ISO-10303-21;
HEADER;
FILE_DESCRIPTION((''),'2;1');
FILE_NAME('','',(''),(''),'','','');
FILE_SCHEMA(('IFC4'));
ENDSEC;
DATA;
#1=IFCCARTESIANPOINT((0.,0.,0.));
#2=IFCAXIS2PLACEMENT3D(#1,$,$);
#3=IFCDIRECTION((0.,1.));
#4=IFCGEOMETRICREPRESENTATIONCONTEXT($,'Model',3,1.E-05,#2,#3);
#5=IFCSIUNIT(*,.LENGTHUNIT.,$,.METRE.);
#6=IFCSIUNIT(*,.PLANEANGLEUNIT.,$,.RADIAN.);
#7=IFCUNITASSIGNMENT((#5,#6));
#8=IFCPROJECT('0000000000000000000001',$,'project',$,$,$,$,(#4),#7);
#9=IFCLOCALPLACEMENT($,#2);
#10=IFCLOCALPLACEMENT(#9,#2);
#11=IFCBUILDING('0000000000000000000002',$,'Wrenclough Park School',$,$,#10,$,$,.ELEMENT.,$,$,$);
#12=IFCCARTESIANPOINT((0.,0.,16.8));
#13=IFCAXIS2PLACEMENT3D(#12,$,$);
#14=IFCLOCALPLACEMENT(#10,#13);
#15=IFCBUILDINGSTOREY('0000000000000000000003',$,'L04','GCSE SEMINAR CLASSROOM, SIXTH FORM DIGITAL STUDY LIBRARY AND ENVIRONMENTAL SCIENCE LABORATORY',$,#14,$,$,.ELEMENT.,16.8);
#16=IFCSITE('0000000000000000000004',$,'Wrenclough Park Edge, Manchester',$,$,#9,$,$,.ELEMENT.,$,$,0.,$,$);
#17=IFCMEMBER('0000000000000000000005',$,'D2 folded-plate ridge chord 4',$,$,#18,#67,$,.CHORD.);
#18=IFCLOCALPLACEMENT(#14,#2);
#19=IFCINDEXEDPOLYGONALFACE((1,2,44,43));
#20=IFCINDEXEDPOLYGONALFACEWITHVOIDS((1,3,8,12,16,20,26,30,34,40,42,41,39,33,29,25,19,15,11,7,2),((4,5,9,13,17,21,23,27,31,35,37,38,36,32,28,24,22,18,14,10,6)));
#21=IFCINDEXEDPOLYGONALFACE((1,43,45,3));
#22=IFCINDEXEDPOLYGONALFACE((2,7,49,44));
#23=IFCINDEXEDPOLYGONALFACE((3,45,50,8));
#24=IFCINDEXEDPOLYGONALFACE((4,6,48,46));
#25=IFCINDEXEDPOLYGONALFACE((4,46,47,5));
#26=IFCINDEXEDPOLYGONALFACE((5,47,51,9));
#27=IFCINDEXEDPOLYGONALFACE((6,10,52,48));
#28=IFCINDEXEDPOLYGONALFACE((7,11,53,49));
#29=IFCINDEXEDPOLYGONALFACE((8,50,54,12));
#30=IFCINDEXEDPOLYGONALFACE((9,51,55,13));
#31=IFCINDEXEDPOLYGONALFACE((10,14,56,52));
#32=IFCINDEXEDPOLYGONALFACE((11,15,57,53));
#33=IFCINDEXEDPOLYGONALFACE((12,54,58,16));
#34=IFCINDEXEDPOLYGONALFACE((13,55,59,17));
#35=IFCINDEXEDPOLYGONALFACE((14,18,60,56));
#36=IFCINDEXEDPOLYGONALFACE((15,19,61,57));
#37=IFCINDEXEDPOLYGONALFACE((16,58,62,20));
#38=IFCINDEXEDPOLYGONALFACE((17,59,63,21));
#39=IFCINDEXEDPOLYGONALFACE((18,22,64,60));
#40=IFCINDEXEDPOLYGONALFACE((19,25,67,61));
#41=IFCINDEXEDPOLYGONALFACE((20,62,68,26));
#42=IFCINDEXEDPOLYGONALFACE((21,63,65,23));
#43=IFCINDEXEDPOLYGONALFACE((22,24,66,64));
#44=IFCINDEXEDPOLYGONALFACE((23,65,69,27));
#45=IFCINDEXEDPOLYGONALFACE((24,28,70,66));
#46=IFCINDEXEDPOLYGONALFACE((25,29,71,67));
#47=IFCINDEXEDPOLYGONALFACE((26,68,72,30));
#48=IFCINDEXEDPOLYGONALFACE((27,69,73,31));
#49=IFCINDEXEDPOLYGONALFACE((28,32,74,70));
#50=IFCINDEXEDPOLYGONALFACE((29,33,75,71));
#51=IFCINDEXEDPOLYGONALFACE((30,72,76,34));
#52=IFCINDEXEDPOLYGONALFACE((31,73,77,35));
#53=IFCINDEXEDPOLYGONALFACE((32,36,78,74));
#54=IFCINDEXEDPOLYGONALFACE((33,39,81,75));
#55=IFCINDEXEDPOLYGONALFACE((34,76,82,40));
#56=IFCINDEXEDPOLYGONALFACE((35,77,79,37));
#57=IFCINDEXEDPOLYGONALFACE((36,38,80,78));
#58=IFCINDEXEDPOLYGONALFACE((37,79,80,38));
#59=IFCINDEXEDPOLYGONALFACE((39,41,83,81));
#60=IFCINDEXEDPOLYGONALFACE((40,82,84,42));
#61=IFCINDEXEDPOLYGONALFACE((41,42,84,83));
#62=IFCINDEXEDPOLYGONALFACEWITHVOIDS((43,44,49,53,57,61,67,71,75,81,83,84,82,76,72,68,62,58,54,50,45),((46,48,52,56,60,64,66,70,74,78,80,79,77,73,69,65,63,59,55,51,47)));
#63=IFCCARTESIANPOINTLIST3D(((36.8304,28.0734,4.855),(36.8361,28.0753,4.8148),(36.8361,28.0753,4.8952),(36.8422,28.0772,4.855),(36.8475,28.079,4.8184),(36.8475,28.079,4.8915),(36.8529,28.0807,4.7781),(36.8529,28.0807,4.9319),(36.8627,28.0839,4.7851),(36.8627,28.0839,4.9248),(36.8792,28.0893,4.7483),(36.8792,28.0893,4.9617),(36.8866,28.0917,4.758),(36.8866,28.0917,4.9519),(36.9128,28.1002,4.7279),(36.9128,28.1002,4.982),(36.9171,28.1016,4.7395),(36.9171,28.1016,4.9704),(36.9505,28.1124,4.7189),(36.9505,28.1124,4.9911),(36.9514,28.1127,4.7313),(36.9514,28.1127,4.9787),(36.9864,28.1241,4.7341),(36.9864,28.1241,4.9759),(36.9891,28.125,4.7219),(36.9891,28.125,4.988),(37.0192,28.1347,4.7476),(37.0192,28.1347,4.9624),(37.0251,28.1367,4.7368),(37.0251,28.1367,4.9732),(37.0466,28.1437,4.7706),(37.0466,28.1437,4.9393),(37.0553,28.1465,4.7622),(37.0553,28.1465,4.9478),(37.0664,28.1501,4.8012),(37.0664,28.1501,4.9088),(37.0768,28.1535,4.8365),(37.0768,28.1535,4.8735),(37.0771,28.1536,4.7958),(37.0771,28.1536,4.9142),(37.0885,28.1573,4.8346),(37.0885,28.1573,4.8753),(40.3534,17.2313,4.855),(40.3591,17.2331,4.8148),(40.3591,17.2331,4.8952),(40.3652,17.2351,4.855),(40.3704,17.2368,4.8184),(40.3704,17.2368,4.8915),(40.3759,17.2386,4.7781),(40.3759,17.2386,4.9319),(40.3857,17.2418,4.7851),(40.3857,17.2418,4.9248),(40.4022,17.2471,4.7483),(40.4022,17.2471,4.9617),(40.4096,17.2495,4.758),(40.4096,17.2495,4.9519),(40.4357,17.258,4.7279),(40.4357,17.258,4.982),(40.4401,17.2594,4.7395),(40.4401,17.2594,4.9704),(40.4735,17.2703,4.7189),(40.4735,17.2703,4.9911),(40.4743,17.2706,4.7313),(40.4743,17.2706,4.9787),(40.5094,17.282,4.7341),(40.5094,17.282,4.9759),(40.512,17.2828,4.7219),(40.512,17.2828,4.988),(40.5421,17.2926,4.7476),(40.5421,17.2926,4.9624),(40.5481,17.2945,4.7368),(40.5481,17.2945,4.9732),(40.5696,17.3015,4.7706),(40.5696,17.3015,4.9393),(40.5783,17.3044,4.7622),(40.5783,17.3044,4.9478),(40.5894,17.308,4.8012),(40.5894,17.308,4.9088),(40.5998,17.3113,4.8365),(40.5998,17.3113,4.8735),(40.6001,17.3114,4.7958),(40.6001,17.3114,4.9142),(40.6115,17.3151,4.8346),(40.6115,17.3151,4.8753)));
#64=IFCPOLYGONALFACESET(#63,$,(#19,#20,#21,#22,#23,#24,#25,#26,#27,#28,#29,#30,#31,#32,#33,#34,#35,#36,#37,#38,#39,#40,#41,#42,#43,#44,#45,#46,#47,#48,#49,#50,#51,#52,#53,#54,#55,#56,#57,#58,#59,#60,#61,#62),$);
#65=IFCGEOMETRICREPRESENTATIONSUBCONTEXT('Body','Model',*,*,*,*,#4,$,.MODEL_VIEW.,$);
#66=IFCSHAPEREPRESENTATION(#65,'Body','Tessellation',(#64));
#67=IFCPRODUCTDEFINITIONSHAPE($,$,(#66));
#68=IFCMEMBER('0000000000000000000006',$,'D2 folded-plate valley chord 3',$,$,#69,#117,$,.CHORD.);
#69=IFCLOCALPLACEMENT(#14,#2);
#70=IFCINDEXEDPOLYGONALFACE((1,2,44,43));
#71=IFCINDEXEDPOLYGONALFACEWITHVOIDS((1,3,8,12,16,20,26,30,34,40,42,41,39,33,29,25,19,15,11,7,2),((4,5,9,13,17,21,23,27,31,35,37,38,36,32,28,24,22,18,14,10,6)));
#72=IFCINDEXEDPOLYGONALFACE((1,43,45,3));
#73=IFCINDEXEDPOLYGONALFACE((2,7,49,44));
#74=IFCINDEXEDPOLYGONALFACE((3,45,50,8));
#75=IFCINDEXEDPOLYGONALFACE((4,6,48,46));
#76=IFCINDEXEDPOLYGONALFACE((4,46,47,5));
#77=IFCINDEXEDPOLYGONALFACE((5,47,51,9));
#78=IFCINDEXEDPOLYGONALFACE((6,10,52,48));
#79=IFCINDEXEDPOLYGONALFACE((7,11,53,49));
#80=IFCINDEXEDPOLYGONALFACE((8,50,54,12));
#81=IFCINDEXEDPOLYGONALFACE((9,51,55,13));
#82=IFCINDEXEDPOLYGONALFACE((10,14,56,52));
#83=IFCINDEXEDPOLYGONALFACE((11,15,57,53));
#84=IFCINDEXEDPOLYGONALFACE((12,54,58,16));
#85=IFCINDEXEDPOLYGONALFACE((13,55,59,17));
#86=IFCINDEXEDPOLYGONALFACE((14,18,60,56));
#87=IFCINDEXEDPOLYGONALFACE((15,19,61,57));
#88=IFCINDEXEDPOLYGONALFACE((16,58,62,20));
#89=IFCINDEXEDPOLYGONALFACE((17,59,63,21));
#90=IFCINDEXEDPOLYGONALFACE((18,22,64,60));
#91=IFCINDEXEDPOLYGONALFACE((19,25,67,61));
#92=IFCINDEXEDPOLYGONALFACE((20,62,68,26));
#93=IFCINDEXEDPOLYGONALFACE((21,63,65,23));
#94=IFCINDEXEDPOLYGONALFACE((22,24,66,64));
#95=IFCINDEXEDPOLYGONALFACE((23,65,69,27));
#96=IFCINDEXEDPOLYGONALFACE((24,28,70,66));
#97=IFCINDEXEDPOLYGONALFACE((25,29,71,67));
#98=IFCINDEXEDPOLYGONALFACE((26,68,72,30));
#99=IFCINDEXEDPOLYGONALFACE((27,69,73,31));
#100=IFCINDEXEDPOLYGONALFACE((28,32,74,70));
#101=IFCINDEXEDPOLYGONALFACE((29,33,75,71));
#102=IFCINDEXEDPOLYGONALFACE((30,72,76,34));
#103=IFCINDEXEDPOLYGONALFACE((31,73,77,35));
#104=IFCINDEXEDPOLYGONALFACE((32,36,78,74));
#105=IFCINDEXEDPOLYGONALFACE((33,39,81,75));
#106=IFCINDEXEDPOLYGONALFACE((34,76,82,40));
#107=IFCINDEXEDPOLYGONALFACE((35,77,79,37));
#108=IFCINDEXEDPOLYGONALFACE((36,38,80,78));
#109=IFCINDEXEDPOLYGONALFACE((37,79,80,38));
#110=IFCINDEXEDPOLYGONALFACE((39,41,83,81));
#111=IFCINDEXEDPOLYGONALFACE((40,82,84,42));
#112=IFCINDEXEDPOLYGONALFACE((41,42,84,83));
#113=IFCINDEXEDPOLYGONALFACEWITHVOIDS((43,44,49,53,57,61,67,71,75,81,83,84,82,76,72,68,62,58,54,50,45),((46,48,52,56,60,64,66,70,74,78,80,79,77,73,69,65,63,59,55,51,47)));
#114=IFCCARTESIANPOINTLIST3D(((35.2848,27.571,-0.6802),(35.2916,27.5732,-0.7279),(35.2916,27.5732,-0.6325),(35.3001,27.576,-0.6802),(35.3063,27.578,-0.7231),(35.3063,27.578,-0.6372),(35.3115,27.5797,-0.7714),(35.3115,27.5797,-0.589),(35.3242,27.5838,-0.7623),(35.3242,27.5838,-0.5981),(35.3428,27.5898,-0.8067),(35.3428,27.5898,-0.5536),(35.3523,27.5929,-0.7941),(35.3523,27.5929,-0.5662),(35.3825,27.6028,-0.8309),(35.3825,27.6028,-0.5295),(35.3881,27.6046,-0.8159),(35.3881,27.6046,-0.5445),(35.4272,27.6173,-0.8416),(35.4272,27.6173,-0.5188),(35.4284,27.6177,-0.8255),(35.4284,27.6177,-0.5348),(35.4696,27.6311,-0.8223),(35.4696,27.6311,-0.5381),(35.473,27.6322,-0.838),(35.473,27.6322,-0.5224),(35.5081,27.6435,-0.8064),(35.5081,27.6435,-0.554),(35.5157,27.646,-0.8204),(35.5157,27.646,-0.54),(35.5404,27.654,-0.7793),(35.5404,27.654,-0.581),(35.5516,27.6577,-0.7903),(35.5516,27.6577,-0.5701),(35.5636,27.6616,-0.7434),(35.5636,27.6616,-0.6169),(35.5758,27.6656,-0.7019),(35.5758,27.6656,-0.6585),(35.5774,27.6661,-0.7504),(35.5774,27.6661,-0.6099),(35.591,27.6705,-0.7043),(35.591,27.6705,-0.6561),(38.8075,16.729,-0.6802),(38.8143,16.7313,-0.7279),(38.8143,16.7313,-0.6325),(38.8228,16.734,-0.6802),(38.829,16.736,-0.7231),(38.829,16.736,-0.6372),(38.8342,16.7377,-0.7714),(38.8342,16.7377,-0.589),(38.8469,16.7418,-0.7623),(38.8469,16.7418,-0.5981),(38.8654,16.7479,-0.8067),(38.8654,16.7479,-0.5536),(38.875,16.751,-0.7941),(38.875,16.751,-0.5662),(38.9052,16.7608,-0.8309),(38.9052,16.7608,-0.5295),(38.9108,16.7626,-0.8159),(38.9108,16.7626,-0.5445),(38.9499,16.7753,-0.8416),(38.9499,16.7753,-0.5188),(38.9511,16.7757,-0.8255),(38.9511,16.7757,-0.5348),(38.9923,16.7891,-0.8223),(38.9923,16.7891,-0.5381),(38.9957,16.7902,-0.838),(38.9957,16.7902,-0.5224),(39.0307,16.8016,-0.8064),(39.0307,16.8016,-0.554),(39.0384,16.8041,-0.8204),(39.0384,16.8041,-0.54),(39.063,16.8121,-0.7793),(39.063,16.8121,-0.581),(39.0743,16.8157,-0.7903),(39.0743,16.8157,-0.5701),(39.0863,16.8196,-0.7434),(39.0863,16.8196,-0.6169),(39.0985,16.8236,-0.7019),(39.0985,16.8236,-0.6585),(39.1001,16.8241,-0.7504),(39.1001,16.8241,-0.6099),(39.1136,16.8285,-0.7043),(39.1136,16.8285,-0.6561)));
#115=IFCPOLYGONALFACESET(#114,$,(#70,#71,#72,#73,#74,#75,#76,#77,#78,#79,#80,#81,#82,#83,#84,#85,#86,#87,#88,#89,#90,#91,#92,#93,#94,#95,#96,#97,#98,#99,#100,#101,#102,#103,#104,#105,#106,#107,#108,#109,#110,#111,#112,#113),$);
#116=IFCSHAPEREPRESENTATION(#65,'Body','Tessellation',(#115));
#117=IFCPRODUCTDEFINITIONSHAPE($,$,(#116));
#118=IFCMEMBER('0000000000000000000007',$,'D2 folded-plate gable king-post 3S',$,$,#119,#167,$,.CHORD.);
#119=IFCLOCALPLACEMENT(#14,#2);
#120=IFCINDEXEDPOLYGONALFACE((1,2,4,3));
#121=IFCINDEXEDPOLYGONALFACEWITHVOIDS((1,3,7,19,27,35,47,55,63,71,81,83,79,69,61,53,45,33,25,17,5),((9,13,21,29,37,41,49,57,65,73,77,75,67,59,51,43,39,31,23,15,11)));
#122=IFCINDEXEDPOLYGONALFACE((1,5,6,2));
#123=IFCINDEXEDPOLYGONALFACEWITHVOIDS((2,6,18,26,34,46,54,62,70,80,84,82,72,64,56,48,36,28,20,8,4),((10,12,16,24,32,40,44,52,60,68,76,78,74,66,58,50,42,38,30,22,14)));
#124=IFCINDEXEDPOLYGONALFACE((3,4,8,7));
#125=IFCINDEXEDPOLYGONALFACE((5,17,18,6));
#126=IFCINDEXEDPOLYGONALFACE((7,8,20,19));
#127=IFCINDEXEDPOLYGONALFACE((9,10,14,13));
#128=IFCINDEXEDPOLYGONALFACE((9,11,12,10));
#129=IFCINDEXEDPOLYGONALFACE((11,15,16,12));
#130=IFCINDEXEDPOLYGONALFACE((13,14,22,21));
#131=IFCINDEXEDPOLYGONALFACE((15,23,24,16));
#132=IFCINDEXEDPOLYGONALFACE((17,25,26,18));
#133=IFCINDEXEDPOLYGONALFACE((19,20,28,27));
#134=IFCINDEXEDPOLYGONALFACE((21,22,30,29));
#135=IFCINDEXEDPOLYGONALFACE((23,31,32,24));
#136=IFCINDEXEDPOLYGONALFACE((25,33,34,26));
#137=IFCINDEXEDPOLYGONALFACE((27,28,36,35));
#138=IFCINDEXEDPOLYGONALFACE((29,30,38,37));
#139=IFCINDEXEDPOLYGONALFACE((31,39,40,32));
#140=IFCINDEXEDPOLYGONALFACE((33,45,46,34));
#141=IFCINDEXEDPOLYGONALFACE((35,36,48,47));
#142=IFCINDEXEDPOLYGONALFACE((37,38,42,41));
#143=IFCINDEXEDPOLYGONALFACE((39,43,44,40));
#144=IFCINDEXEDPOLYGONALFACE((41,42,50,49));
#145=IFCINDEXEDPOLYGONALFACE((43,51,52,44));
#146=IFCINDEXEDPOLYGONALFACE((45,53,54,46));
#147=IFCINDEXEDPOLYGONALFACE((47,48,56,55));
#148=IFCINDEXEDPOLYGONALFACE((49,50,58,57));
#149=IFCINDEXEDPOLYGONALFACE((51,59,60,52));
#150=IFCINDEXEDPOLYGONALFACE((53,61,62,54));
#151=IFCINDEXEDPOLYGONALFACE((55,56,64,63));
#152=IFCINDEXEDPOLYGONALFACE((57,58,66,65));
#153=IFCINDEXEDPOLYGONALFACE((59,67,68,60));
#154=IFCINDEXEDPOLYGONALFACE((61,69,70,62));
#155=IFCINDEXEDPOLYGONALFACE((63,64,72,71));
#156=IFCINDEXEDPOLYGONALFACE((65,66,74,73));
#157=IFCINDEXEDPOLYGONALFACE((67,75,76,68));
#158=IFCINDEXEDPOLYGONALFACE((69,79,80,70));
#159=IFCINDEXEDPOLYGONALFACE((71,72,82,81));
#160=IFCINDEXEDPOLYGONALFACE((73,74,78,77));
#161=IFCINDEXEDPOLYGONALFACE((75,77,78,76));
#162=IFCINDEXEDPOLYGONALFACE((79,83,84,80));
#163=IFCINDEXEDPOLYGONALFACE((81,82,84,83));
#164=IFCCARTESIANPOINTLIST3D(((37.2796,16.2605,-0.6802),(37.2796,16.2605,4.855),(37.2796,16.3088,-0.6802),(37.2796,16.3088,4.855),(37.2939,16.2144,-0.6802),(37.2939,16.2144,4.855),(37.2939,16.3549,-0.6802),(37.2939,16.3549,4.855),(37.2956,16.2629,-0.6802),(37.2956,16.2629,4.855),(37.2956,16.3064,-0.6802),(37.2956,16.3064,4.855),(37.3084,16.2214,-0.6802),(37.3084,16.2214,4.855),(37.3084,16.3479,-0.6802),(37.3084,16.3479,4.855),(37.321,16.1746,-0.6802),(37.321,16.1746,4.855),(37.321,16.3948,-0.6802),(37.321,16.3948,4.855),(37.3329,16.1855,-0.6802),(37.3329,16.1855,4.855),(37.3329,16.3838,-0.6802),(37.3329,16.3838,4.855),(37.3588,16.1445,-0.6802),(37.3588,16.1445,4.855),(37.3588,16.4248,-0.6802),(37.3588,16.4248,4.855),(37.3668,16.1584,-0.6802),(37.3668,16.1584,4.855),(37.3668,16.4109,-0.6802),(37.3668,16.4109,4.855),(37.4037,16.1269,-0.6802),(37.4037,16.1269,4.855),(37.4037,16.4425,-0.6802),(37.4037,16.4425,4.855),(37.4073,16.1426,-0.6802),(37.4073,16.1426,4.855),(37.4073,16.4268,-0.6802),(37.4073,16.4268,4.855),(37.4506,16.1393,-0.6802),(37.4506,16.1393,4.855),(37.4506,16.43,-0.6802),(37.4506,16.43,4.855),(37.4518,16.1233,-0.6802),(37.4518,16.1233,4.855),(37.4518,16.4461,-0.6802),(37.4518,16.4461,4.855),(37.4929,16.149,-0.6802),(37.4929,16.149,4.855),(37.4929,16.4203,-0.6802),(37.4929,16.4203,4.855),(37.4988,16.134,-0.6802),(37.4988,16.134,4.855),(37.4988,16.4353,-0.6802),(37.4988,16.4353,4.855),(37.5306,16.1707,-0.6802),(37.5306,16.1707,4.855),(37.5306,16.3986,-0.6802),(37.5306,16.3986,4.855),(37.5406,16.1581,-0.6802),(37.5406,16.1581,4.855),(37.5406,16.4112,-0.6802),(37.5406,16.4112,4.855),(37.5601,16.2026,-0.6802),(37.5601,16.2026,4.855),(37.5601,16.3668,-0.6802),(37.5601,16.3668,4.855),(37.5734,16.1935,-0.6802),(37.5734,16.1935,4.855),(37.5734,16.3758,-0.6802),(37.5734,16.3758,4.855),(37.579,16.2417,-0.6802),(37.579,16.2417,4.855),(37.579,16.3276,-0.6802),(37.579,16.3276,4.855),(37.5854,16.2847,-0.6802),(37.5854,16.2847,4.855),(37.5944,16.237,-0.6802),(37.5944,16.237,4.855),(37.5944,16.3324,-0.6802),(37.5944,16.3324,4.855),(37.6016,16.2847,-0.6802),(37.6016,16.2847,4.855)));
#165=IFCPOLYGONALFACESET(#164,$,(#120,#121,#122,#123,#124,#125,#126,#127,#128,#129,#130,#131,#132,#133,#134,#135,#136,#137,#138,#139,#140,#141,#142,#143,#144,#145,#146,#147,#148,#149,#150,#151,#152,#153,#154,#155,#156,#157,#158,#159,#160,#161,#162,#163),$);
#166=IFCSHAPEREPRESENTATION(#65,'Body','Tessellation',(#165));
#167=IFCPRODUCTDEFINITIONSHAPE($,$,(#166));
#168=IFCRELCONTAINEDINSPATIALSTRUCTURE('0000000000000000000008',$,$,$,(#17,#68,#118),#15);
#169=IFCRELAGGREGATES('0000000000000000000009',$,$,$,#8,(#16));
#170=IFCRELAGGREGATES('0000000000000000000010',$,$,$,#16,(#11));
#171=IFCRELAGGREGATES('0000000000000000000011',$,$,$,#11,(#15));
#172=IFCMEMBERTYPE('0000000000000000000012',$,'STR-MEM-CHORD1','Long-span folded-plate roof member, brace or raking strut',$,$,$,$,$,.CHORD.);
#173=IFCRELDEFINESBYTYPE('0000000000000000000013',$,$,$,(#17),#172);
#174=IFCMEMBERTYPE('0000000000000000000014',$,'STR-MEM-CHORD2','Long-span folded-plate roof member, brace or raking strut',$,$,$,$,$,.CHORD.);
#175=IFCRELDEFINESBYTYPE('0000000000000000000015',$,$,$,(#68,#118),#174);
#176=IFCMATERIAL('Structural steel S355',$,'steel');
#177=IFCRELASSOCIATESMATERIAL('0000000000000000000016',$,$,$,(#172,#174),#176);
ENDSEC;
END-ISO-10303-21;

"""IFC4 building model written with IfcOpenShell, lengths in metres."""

from ifc_helpers import new_model, si_unit, direction, frame, origin, origin_2d, place, context, subcontext, project, spatial, hollow_circle, extrude, material, material_profile, profile_set, type_object, element, save


model = new_model("IFC4")

# Units and contexts
model_context = context("Model", 3, precision=1e-05, world=origin(), true_north=direction((0.0, 1.0)))
body_context = subcontext(model_context, "Body", "Model", "MODEL_VIEW")
ifc_project = project(units=[si_unit("LENGTHUNIT", "METRE"), si_unit("PLANEANGLEUNIT", "RADIAN")], contexts=[model_context])

# Site, building, storey
site_placement = place(None, origin())
site = spatial("IfcSite", under=ifc_project, at=site_placement, Name="Wrenclough Park Edge, Manchester", CompositionType="ELEMENT", RefElevation=0.0)
building_placement = place(site_placement, origin())
building = spatial("IfcBuilding", under=site, at=building_placement, Name="Wrenclough Park School", CompositionType="ELEMENT")
storey_placement = place(building_placement, frame((0.0, 0.0, 16.8)))
storey = spatial("IfcBuildingStorey", under=building, at=storey_placement, Name="L04", Description="GCSE SEMINAR CLASSROOM, SIXTH FORM DIGITAL STUDY LIBRARY AND ENVIRONMENTAL SCIENCE LABORATORY", CompositionType="ELEMENT", Elevation=16.8)

# Members
ifc_material_1 = material(Name="Structural steel S355", Category="steel")
ifc_material_profile_1 = material_profile(ifc_material_1, hollow_circle(Radius=0.1365, WallThickness=0.0125, at=origin_2d()), Name="CHS 273.0x12.5")
ifc_profile_set_1 = profile_set([ifc_material_profile_1], Name="Structural steel S355")
member_type_1 = type_object("IfcMemberType", Name="STR-MEM-CHORD1", Description="Long-span folded-plate roof member, brace or raking strut", PredefinedType="CHORD", material=ifc_profile_set_1)
member_1_placement = place(storey_placement, frame((40.4832, 17.2734, 4.855), z_axis=(-0.309029, 0.951052, 0.0), x_axis=(-0.951052, -0.309029, 0.0)))
element("IfcMember", 1, at=member_1_placement, inside=storey, type_object=member_type_1, Name="D2 folded-plate ridge chord 4", PredefinedType="CHORD", context=body_context, shape_type="SweptSolid", body=[
    extrude(hollow_circle(Radius=0.1365, WallThickness=0.0125, at=origin_2d()), origin(), (0.0, 0.0, 1.0), 11.4001),
])
ifc_material_profile_2 = material_profile(ifc_material_1, hollow_circle(Radius=0.1619, WallThickness=0.0161, at=origin_2d()), Name="CHS 323.9x16.0")
ifc_profile_set_2 = profile_set([ifc_material_profile_2], Name="Structural steel S355")
member_type_2 = type_object("IfcMemberType", Name="STR-MEM-CHORD2", Description="Long-span folded-plate roof member, brace or raking strut", PredefinedType="CHORD", material=ifc_profile_set_2)
member_2_placement = place(storey_placement, frame((38.9614, 16.7791, -0.6802), z_axis=(-0.30901, 0.951059, 0.0), x_axis=(-0.951059, -0.30901, 0.0)))
element("IfcMember", 2, at=member_2_placement, inside=storey, type_object=member_type_2, Name="D2 folded-plate valley chord 3", PredefinedType="CHORD", context=body_context, shape_type="SweptSolid", body=[
    extrude(hollow_circle(Radius=0.1619, WallThickness=0.0161, at=origin_2d()), origin(), (0.0, 0.0, 1.0), 11.3999),
])
for number, where, z_axis, x_axis, name in (
    (3, (37.4397, 16.2847, -0.6802), (0.0, 0.0, 1.0), (1.0, 0.0, 0.0), "D2 folded-plate gable king-post 3S"),
):
    element("IfcMember", number, at=place(storey_placement, frame(where, z_axis=z_axis, x_axis=x_axis)), inside=storey, type_object=member_type_2, Name=name, PredefinedType="CHORD", context=body_context, shape_type="SweptSolid", body=[
        extrude(hollow_circle(Radius=0.1619, WallThickness=0.0161, at=origin_2d()), origin(), (0.0, 0.0, 1.0), 5.5352),
    ])

save(model, "model.ifc")
